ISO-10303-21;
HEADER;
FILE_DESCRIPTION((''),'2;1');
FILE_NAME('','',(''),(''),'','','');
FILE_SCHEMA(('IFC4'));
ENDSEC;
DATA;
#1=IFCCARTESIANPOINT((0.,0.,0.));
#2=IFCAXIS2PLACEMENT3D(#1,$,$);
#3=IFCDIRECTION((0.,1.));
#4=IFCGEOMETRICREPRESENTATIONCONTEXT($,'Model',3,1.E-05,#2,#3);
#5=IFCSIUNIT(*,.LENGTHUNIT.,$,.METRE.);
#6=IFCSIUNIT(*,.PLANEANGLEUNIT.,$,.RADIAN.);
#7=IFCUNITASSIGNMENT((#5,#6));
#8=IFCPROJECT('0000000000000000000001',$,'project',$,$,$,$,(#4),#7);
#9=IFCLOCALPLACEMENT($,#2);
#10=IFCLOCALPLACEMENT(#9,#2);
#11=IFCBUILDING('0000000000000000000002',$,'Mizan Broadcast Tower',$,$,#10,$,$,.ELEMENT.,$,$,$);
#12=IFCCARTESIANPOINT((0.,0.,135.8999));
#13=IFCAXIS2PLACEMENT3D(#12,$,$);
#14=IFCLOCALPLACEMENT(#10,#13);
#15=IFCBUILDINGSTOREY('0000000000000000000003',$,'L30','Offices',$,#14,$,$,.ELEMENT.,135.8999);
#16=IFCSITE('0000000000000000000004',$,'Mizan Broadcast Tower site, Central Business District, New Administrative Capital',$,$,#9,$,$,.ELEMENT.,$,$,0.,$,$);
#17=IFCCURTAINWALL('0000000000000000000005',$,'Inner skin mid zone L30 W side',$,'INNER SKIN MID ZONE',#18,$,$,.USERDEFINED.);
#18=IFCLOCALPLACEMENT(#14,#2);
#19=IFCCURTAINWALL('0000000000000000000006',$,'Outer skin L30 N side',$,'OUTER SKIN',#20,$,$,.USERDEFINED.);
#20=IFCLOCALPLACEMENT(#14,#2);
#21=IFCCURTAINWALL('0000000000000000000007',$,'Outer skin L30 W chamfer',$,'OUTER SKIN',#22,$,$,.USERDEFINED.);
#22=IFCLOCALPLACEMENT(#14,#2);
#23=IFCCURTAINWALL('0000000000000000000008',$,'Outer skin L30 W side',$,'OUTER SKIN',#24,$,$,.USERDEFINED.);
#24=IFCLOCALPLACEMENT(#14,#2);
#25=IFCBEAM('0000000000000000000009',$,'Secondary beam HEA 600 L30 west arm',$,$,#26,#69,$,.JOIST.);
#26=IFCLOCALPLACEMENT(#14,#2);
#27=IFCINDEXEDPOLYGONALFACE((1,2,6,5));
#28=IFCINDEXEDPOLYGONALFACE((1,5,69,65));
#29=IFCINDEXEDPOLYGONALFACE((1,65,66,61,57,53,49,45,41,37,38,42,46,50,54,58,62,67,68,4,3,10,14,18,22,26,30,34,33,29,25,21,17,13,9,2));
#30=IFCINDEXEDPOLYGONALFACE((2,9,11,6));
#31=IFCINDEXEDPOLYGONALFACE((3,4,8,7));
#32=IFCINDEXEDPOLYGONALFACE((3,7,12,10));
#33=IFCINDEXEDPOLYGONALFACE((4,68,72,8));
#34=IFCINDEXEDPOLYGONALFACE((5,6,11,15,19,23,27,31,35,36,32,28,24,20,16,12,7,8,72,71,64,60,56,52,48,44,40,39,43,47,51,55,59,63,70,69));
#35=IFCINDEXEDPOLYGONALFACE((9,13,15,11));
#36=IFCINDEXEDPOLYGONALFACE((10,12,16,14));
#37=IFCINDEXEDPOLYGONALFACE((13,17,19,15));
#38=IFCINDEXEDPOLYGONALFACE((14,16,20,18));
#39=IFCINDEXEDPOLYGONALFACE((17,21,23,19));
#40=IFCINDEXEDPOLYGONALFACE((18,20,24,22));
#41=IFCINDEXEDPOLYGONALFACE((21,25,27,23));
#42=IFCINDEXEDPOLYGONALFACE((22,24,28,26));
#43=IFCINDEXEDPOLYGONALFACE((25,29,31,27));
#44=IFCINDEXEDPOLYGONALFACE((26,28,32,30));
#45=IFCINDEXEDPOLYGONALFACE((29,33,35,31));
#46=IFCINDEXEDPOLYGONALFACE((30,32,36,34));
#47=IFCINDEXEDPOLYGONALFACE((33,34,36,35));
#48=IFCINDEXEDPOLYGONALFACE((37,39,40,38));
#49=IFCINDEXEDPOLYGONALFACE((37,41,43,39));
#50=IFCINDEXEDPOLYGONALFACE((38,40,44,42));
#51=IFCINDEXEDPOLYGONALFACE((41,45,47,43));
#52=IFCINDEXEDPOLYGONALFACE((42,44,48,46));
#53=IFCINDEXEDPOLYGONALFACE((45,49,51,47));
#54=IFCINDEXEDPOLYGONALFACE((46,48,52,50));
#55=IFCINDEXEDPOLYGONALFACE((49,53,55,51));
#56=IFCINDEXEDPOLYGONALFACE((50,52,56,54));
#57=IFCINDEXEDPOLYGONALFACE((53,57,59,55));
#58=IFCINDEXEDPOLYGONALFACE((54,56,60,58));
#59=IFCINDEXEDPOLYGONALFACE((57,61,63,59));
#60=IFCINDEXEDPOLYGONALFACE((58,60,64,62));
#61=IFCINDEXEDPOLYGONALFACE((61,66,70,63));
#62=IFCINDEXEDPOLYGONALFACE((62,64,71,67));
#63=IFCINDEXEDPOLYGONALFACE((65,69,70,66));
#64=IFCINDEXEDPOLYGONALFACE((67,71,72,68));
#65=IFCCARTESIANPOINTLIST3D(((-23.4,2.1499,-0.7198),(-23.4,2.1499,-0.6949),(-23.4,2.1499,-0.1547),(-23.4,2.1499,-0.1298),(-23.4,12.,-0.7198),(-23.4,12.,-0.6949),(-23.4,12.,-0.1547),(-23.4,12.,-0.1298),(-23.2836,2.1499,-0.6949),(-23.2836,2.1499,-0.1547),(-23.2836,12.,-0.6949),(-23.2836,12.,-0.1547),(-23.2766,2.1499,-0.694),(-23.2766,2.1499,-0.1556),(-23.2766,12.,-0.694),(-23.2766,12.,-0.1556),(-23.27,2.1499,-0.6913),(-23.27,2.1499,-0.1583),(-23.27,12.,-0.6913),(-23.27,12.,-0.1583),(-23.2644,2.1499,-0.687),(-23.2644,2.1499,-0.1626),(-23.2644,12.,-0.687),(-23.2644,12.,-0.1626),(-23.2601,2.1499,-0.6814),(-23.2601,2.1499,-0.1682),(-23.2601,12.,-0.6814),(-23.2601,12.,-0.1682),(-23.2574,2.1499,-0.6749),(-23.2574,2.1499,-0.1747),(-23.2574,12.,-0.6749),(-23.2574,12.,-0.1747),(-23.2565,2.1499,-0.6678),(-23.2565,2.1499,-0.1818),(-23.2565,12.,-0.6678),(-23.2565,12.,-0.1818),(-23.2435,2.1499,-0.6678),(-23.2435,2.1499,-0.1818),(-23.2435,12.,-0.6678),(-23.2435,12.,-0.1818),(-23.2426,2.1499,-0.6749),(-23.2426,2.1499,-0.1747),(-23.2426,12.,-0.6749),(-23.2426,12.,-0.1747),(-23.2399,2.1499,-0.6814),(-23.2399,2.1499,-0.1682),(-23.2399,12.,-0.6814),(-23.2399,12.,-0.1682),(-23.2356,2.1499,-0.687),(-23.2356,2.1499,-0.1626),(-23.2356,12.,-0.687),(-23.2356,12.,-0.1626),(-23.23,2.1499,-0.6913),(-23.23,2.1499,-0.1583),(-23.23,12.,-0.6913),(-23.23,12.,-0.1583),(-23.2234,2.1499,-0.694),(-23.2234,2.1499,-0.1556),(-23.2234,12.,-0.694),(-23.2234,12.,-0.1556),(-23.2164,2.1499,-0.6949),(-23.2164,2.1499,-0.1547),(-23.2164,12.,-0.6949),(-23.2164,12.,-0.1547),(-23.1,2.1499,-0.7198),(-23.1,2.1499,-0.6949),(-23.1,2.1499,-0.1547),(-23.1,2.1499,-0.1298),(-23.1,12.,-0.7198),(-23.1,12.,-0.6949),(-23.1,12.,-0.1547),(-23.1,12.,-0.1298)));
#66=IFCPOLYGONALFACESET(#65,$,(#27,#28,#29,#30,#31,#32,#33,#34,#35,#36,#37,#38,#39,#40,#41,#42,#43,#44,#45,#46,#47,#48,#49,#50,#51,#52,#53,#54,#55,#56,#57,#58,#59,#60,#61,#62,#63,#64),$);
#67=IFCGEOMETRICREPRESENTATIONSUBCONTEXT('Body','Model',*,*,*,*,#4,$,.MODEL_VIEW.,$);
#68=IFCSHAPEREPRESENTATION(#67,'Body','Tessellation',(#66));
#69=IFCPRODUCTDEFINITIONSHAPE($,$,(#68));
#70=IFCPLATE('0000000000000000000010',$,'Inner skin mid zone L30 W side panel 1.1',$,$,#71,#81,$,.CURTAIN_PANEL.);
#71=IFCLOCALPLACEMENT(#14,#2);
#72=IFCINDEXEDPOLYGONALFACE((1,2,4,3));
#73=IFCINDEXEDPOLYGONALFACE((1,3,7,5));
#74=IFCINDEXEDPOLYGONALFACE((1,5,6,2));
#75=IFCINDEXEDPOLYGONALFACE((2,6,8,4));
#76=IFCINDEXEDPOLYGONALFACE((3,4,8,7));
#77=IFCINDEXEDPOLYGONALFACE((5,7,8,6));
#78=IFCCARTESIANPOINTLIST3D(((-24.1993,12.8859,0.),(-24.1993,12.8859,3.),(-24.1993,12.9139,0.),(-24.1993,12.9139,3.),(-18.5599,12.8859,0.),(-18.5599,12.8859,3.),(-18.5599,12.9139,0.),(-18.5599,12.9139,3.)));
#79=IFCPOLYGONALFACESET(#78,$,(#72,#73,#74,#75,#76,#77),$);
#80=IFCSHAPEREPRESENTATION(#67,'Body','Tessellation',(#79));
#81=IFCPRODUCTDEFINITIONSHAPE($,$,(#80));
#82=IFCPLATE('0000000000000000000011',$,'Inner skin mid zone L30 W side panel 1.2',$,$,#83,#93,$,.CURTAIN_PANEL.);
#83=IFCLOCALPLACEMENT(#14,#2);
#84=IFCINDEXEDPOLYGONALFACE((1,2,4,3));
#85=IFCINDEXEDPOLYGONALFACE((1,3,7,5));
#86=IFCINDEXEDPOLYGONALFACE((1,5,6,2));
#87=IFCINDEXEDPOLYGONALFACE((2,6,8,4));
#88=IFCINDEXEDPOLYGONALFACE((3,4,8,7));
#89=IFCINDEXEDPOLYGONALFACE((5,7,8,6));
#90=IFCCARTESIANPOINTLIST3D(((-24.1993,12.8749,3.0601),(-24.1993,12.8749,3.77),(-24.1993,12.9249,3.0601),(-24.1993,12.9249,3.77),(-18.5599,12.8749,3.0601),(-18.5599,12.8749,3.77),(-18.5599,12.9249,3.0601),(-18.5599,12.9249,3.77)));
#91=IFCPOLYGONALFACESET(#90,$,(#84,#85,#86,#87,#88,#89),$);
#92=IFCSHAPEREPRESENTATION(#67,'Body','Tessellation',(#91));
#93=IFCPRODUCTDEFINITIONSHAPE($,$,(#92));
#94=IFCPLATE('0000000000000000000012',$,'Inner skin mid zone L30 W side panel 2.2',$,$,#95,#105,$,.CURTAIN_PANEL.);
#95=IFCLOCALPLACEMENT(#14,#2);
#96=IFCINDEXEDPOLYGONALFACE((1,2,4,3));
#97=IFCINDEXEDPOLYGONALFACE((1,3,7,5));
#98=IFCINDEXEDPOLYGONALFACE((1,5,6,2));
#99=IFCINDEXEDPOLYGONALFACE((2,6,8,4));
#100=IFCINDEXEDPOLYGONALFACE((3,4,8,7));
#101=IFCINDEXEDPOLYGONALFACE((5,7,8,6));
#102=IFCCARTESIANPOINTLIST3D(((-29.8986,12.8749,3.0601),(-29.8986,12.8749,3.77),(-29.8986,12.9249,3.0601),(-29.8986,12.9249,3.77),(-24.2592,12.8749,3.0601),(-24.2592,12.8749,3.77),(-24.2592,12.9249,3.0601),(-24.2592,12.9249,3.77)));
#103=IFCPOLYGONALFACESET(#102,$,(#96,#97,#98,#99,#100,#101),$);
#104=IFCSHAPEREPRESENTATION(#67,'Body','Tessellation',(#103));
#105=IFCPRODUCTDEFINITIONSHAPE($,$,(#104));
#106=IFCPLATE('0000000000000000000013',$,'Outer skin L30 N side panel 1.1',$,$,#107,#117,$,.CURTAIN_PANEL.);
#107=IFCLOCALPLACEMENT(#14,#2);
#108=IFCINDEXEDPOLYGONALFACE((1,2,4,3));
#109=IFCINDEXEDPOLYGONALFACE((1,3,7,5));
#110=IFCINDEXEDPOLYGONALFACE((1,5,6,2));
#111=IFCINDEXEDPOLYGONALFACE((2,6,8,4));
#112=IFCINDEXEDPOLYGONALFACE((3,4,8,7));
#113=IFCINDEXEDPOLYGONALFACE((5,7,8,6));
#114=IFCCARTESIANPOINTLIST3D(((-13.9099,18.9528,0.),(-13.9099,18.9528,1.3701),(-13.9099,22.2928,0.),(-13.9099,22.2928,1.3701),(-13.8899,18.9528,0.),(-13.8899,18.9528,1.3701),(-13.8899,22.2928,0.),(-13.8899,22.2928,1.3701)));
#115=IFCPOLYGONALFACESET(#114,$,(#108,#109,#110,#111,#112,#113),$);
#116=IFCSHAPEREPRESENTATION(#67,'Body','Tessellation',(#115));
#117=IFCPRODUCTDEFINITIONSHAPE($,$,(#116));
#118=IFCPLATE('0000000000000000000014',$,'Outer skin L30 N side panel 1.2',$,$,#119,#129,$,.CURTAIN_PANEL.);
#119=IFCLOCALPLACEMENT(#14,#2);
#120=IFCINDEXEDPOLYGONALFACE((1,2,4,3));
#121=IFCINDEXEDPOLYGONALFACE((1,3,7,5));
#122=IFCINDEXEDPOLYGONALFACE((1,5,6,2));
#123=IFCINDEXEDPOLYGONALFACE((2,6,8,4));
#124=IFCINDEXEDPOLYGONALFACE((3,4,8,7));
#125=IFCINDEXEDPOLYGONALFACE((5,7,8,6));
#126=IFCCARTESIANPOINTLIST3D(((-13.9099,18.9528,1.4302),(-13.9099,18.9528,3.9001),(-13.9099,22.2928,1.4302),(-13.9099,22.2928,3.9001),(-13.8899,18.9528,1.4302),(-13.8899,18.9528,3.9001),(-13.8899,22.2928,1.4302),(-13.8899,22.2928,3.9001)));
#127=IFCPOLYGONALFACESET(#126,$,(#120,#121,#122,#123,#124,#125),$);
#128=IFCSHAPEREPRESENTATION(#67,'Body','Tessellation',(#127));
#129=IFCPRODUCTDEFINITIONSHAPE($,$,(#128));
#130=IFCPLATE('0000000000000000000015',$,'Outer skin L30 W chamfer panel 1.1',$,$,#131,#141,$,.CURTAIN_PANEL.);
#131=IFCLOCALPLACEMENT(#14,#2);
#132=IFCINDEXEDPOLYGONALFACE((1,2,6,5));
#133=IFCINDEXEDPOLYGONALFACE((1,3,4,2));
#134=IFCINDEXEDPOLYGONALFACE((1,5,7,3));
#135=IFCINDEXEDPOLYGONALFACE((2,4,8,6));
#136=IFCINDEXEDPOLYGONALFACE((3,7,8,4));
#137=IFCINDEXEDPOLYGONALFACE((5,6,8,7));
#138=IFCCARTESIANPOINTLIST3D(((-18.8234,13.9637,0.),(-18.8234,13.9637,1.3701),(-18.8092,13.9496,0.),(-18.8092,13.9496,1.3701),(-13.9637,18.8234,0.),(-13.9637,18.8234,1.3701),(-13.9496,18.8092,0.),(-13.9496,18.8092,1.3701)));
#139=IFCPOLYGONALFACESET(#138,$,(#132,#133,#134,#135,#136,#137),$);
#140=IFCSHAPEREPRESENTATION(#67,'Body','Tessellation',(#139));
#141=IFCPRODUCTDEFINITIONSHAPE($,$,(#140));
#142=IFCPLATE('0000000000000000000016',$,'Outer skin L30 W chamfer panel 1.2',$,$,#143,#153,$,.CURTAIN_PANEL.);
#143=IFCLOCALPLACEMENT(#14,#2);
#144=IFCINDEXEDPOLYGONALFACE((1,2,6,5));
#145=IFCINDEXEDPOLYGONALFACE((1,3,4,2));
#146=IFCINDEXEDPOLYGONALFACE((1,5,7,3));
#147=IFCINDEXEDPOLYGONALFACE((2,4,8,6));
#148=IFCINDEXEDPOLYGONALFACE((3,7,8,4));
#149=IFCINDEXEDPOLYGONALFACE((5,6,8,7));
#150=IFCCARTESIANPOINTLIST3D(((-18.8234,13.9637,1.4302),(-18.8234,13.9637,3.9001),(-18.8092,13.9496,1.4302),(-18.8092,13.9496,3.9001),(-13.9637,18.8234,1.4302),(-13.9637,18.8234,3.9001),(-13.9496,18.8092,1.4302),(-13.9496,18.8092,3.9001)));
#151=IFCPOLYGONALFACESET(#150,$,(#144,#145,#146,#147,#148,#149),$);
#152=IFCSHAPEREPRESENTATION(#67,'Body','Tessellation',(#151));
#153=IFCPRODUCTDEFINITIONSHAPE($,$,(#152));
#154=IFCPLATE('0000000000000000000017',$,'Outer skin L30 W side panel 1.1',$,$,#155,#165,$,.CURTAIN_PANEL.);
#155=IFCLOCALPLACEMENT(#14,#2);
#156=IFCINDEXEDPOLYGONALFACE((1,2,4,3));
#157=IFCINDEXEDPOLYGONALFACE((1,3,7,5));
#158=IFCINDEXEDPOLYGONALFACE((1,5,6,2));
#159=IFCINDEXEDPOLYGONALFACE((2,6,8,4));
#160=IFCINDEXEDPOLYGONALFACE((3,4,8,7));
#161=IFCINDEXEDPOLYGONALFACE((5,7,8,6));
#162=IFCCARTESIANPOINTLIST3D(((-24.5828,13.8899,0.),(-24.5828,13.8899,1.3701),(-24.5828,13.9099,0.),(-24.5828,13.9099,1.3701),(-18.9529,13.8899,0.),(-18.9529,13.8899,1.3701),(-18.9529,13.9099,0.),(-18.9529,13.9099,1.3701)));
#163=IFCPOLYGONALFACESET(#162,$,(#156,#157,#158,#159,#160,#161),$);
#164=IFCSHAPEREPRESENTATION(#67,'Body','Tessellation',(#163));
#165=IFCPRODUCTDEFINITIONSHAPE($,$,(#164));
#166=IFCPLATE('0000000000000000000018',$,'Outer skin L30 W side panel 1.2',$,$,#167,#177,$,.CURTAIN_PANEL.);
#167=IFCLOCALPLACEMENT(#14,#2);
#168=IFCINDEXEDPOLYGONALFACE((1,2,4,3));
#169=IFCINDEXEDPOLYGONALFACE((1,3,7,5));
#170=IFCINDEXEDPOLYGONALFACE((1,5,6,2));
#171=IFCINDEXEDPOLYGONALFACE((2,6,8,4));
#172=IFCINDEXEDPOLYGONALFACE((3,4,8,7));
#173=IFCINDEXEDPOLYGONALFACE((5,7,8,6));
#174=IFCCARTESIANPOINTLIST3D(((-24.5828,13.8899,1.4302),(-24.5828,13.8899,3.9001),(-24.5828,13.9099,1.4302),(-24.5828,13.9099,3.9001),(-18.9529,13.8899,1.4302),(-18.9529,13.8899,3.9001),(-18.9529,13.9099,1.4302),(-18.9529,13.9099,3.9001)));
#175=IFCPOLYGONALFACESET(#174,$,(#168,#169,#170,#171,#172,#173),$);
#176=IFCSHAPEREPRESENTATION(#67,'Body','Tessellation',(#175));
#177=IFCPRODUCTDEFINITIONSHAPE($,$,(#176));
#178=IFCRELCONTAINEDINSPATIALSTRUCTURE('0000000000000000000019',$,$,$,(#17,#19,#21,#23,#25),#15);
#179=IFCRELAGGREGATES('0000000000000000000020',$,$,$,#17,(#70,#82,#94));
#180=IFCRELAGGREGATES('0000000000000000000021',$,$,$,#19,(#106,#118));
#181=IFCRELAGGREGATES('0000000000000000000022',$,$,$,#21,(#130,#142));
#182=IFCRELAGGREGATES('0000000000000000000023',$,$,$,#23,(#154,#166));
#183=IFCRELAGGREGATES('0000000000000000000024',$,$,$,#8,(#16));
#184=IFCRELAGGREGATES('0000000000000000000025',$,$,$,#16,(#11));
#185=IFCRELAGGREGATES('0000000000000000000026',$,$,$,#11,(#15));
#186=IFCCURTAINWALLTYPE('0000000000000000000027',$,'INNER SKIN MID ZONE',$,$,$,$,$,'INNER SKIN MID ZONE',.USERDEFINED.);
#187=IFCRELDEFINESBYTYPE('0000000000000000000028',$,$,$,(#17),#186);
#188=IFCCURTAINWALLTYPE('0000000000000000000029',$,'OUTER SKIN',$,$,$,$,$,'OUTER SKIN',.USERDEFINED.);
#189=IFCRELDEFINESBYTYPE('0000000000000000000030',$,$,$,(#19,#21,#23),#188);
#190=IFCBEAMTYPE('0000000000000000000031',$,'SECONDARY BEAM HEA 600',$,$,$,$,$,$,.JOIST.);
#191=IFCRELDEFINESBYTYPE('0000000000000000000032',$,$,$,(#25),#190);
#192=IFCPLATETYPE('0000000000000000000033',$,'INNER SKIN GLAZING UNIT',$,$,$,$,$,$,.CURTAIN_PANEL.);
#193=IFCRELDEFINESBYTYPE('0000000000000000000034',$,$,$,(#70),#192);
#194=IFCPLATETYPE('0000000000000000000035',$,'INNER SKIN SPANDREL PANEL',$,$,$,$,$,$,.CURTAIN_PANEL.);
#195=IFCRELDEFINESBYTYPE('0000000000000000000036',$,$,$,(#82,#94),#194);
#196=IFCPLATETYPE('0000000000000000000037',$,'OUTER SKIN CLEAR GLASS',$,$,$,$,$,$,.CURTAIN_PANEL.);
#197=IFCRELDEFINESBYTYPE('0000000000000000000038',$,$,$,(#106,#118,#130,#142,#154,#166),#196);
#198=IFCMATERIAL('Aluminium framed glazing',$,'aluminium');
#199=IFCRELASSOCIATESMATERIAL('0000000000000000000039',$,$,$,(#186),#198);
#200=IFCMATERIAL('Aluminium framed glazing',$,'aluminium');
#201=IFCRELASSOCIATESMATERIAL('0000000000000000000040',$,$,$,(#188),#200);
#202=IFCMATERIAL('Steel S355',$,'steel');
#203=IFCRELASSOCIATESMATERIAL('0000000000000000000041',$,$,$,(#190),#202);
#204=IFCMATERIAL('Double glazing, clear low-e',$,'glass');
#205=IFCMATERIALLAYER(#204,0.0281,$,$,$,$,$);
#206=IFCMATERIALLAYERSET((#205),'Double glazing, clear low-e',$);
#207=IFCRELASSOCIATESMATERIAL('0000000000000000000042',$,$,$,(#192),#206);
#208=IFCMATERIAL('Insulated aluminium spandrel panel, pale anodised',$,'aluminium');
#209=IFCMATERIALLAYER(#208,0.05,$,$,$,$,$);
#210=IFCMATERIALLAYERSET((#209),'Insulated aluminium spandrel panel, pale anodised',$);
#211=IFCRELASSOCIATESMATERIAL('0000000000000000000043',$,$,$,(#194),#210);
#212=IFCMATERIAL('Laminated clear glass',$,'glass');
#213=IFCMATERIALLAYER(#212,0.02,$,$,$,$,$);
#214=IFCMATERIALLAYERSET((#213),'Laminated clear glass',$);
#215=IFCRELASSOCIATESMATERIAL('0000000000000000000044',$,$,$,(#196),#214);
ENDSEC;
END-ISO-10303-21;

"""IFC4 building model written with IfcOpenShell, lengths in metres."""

from ifc_helpers import new_model, si_unit, direction, frame, origin, origin_2d, place, context, subcontext, project, spatial, rectangle, i_section, extrude, material, layer, layer_set, material_profile, profile_set, type_object, element, aggregate, save


model = new_model("IFC4")

# Units and contexts
model_context = context("Model", 3, precision=1e-05, world=origin(), true_north=direction((0.0, 1.0)))
body_context = subcontext(model_context, "Body", "Model", "MODEL_VIEW")
ifc_project = project(units=[si_unit("LENGTHUNIT", "METRE"), si_unit("PLANEANGLEUNIT", "RADIAN")], contexts=[model_context])

# Site, building, storey
site_placement = place(None, origin())
site = spatial("IfcSite", under=ifc_project, at=site_placement, Name="Mizan Broadcast Tower site, Central Business District, New Administrative Capital", CompositionType="ELEMENT", RefElevation=0.0)
building_placement = place(site_placement, origin())
building = spatial("IfcBuilding", under=site, at=building_placement, Name="Mizan Broadcast Tower", CompositionType="ELEMENT")
storey_placement = place(building_placement, frame((0.0, 0.0, 135.8999)))
storey = spatial("IfcBuildingStorey", under=building, at=storey_placement, Name="L30", Description="Offices", CompositionType="ELEMENT", Elevation=135.8999)

# Curtain wall
ifc_material_1 = material(Name="Aluminium framed glazing", Category="aluminium")
curtain_wall_type_1 = type_object("IfcCurtainWallType", Name="INNER SKIN MID ZONE", ElementType="INNER SKIN MID ZONE", PredefinedType="USERDEFINED", material=ifc_material_1)
curtain_wall_1_placement = place(storey_placement, origin())
curtain_wall_1 = element("IfcCurtainWall", 1, at=curtain_wall_1_placement, inside=storey, type_object=curtain_wall_type_1, Name="Inner skin mid zone L30 W side", ObjectType="INNER SKIN MID ZONE", PredefinedType="USERDEFINED")

# Curtain walls
ifc_material_2 = material(Name="Aluminium framed glazing", Category="aluminium")
curtain_wall_type_2 = type_object("IfcCurtainWallType", Name="OUTER SKIN", ElementType="OUTER SKIN", PredefinedType="USERDEFINED", material=ifc_material_2)
curtain_wall_2_placement = place(storey_placement, origin())
curtain_wall_2 = element("IfcCurtainWall", 2, at=curtain_wall_2_placement, inside=storey, type_object=curtain_wall_type_2, Name="Outer skin L30 N side", ObjectType="OUTER SKIN", PredefinedType="USERDEFINED")
curtain_wall_3_placement = place(storey_placement, origin())
curtain_wall_3 = element("IfcCurtainWall", 3, at=curtain_wall_3_placement, inside=storey, type_object=curtain_wall_type_2, Name="Outer skin L30 W chamfer", ObjectType="OUTER SKIN", PredefinedType="USERDEFINED")
curtain_wall_4_placement = place(storey_placement, origin())
curtain_wall_4 = element("IfcCurtainWall", 4, at=curtain_wall_4_placement, inside=storey, type_object=curtain_wall_type_2, Name="Outer skin L30 W side", ObjectType="OUTER SKIN", PredefinedType="USERDEFINED")

# Beam
ifc_material_3 = material(Name="Steel S355", Category="steel")
ifc_material_profile_1 = material_profile(ifc_material_3, i_section(OverallWidth=0.3, OverallDepth=0.5901, WebThickness=0.0129, FlangeThickness=0.0249, FilletRadius=0.0271, at=origin_2d()), Name="HEA 600")
ifc_profile_set_1 = profile_set([ifc_material_profile_1], Name="Steel S355")
beam_type_1 = type_object("IfcBeamType", Name="SECONDARY BEAM HEA 600", PredefinedType="JOIST", material=ifc_profile_set_1)
for number, where, z_axis, x_axis, name in (
    (5, (-23.25, 12.0, -0.4248), (0.0, -1.0, 0.0), (1.0, 0.0, 0.0), "Secondary beam HEA 600 L30 west arm"),
):
    element("IfcBeam", number, at=place(storey_placement, frame(where, z_axis=z_axis, x_axis=x_axis)), inside=storey, type_object=beam_type_1, Name=name, PredefinedType="JOIST", context=body_context, shape_type="SweptSolid", body=[
        extrude(i_section(OverallWidth=0.3, OverallDepth=0.5901, WebThickness=0.0129, FlangeThickness=0.0249, FilletRadius=0.0271, at=origin_2d()), origin(), (0.0, 0.0, 1.0), 9.8501),
    ])

# Plates
ifc_material_4 = material(Name="Double glazing, clear low-e", Category="glass")
ifc_layer_1 = layer(ifc_material_4, 0.0281)
ifc_layer_set_1 = layer_set([ifc_layer_1], Name="Double glazing, clear low-e")
plate_type_1 = type_object("IfcPlateType", Name="INNER SKIN GLAZING UNIT", PredefinedType="CURTAIN_PANEL", material=ifc_layer_set_1)
plate_1_placement = place(storey_placement, frame((-21.3796, 12.8999, 0.0), z_axis=(0.0, 0.0, 1.0), x_axis=(-1.0, 0.0, 0.0)))
plate_1 = element("IfcPlate", 6, at=plate_1_placement, type_object=plate_type_1, Name="Inner skin mid zone L30 W side panel 1.1", PredefinedType="CURTAIN_PANEL", context=body_context, shape_type="SweptSolid", body=[
    extrude(rectangle(XDim=5.6394, YDim=0.0281, at=origin_2d()), origin(), (0.0, 0.0, 1.0), 3.0),
])
ifc_material_5 = material(Name="Insulated aluminium spandrel panel, pale anodised", Category="aluminium")
ifc_layer_2 = layer(ifc_material_5, 0.05)
ifc_layer_set_2 = layer_set([ifc_layer_2], Name="Insulated aluminium spandrel panel, pale anodised")
plate_type_2 = type_object("IfcPlateType", Name="INNER SKIN SPANDREL PANEL", PredefinedType="CURTAIN_PANEL", material=ifc_layer_set_2)
plate_2_placement = place(storey_placement, frame((-21.3796, 12.8999, 3.0601), z_axis=(0.0, 0.0, 1.0), x_axis=(-1.0, 0.0, 0.0)))
plate_2 = element("IfcPlate", 7, at=plate_2_placement, type_object=plate_type_2, Name="Inner skin mid zone L30 W side panel 1.2", PredefinedType="CURTAIN_PANEL", context=body_context, shape_type="SweptSolid", body=[
    extrude(rectangle(XDim=5.6394, YDim=0.05, at=origin_2d()), origin(), (0.0, 0.0, 1.0), 0.71),
])
plate_3_placement = place(storey_placement, frame((-27.0789, 12.8999, 3.0601), z_axis=(0.0, 0.0, 1.0), x_axis=(-1.0, 0.0, 0.0)))
plate_3 = element("IfcPlate", 8, at=plate_3_placement, type_object=plate_type_2, Name="Inner skin mid zone L30 W side panel 2.2", PredefinedType="CURTAIN_PANEL", context=body_context, shape_type="SweptSolid", body=[
    extrude(rectangle(XDim=5.6394, YDim=0.05, at=origin_2d()), origin(), (0.0, 0.0, 1.0), 0.71),
])
aggregate(curtain_wall_1, [plate_1, plate_2, plate_3])
ifc_material_6 = material(Name="Laminated clear glass", Category="glass")
ifc_layer_3 = layer(ifc_material_6, 0.02)
ifc_layer_set_3 = layer_set([ifc_layer_3], Name="Laminated clear glass")
plate_type_3 = type_object("IfcPlateType", Name="OUTER SKIN CLEAR GLASS", PredefinedType="CURTAIN_PANEL", material=ifc_layer_set_3)
plate_4_placement = place(storey_placement, frame((-13.8999, 20.6228, 0.0), z_axis=(0.0, 0.0, 1.0), x_axis=(0.0, -1.0, 0.0)))
plate_4 = element("IfcPlate", 9, at=plate_4_placement, type_object=plate_type_3, Name="Outer skin L30 N side panel 1.1", PredefinedType="CURTAIN_PANEL", context=body_context, shape_type="SweptSolid", body=[
    extrude(rectangle(XDim=3.3401, YDim=0.02, at=origin_2d()), origin(), (0.0, 0.0, 1.0), 1.3701),
])
plate_5_placement = place(storey_placement, frame((-13.8999, 20.6228, 1.4302), z_axis=(0.0, 0.0, 1.0), x_axis=(0.0, -1.0, 0.0)))
plate_5 = element("IfcPlate", 10, at=plate_5_placement, type_object=plate_type_3, Name="Outer skin L30 N side panel 1.2", PredefinedType="CURTAIN_PANEL", context=body_context, shape_type="SweptSolid", body=[
    extrude(rectangle(XDim=3.3401, YDim=0.02, at=origin_2d()), origin(), (0.0, 0.0, 1.0), 2.47),
])
aggregate(curtain_wall_2, [plate_4, plate_5])
plate_6_placement = place(storey_placement, frame((-16.3865, 16.3865, 0.0), z_axis=(0.0, 0.0, 1.0), x_axis=(-0.707107, -0.707107, 0.0)))
plate_6 = element("IfcPlate", 11, at=plate_6_placement, type_object=plate_type_3, Name="Outer skin L30 W chamfer panel 1.1", PredefinedType="CURTAIN_PANEL", context=body_context, shape_type="SweptSolid", body=[
    extrude(rectangle(XDim=6.8726, YDim=0.02, at=origin_2d()), origin(), (0.0, 0.0, 1.0), 1.3701),
])
plate_7_placement = place(storey_placement, frame((-16.3865, 16.3865, 1.4302), z_axis=(0.0, 0.0, 1.0), x_axis=(-0.707107, -0.707107, 0.0)))
plate_7 = element("IfcPlate", 12, at=plate_7_placement, type_object=plate_type_3, Name="Outer skin L30 W chamfer panel 1.2", PredefinedType="CURTAIN_PANEL", context=body_context, shape_type="SweptSolid", body=[
    extrude(rectangle(XDim=6.8726, YDim=0.02, at=origin_2d()), origin(), (0.0, 0.0, 1.0), 2.47),
])
aggregate(curtain_wall_3, [plate_6, plate_7])
plate_8_placement = place(storey_placement, frame((-21.7678, 13.8999, 0.0), z_axis=(0.0, 0.0, 1.0), x_axis=(-1.0, 0.0, 0.0)))
plate_8 = element("IfcPlate", 13, at=plate_8_placement, type_object=plate_type_3, Name="Outer skin L30 W side panel 1.1", PredefinedType="CURTAIN_PANEL", context=body_context, shape_type="SweptSolid", body=[
    extrude(rectangle(XDim=5.6299, YDim=0.02, at=origin_2d()), origin(), (0.0, 0.0, 1.0), 1.3701),
])
plate_9_placement = place(storey_placement, frame((-21.7678, 13.8999, 1.4302), z_axis=(0.0, 0.0, 1.0), x_axis=(-1.0, 0.0, 0.0)))
plate_9 = element("IfcPlate", 14, at=plate_9_placement, type_object=plate_type_3, Name="Outer skin L30 W side panel 1.2", PredefinedType="CURTAIN_PANEL", context=body_context, shape_type="SweptSolid", body=[
    extrude(rectangle(XDim=5.6299, YDim=0.02, at=origin_2d()), origin(), (0.0, 0.0, 1.0), 2.47),
])
aggregate(curtain_wall_4, [plate_8, plate_9])

save(model, "model.ifc")
